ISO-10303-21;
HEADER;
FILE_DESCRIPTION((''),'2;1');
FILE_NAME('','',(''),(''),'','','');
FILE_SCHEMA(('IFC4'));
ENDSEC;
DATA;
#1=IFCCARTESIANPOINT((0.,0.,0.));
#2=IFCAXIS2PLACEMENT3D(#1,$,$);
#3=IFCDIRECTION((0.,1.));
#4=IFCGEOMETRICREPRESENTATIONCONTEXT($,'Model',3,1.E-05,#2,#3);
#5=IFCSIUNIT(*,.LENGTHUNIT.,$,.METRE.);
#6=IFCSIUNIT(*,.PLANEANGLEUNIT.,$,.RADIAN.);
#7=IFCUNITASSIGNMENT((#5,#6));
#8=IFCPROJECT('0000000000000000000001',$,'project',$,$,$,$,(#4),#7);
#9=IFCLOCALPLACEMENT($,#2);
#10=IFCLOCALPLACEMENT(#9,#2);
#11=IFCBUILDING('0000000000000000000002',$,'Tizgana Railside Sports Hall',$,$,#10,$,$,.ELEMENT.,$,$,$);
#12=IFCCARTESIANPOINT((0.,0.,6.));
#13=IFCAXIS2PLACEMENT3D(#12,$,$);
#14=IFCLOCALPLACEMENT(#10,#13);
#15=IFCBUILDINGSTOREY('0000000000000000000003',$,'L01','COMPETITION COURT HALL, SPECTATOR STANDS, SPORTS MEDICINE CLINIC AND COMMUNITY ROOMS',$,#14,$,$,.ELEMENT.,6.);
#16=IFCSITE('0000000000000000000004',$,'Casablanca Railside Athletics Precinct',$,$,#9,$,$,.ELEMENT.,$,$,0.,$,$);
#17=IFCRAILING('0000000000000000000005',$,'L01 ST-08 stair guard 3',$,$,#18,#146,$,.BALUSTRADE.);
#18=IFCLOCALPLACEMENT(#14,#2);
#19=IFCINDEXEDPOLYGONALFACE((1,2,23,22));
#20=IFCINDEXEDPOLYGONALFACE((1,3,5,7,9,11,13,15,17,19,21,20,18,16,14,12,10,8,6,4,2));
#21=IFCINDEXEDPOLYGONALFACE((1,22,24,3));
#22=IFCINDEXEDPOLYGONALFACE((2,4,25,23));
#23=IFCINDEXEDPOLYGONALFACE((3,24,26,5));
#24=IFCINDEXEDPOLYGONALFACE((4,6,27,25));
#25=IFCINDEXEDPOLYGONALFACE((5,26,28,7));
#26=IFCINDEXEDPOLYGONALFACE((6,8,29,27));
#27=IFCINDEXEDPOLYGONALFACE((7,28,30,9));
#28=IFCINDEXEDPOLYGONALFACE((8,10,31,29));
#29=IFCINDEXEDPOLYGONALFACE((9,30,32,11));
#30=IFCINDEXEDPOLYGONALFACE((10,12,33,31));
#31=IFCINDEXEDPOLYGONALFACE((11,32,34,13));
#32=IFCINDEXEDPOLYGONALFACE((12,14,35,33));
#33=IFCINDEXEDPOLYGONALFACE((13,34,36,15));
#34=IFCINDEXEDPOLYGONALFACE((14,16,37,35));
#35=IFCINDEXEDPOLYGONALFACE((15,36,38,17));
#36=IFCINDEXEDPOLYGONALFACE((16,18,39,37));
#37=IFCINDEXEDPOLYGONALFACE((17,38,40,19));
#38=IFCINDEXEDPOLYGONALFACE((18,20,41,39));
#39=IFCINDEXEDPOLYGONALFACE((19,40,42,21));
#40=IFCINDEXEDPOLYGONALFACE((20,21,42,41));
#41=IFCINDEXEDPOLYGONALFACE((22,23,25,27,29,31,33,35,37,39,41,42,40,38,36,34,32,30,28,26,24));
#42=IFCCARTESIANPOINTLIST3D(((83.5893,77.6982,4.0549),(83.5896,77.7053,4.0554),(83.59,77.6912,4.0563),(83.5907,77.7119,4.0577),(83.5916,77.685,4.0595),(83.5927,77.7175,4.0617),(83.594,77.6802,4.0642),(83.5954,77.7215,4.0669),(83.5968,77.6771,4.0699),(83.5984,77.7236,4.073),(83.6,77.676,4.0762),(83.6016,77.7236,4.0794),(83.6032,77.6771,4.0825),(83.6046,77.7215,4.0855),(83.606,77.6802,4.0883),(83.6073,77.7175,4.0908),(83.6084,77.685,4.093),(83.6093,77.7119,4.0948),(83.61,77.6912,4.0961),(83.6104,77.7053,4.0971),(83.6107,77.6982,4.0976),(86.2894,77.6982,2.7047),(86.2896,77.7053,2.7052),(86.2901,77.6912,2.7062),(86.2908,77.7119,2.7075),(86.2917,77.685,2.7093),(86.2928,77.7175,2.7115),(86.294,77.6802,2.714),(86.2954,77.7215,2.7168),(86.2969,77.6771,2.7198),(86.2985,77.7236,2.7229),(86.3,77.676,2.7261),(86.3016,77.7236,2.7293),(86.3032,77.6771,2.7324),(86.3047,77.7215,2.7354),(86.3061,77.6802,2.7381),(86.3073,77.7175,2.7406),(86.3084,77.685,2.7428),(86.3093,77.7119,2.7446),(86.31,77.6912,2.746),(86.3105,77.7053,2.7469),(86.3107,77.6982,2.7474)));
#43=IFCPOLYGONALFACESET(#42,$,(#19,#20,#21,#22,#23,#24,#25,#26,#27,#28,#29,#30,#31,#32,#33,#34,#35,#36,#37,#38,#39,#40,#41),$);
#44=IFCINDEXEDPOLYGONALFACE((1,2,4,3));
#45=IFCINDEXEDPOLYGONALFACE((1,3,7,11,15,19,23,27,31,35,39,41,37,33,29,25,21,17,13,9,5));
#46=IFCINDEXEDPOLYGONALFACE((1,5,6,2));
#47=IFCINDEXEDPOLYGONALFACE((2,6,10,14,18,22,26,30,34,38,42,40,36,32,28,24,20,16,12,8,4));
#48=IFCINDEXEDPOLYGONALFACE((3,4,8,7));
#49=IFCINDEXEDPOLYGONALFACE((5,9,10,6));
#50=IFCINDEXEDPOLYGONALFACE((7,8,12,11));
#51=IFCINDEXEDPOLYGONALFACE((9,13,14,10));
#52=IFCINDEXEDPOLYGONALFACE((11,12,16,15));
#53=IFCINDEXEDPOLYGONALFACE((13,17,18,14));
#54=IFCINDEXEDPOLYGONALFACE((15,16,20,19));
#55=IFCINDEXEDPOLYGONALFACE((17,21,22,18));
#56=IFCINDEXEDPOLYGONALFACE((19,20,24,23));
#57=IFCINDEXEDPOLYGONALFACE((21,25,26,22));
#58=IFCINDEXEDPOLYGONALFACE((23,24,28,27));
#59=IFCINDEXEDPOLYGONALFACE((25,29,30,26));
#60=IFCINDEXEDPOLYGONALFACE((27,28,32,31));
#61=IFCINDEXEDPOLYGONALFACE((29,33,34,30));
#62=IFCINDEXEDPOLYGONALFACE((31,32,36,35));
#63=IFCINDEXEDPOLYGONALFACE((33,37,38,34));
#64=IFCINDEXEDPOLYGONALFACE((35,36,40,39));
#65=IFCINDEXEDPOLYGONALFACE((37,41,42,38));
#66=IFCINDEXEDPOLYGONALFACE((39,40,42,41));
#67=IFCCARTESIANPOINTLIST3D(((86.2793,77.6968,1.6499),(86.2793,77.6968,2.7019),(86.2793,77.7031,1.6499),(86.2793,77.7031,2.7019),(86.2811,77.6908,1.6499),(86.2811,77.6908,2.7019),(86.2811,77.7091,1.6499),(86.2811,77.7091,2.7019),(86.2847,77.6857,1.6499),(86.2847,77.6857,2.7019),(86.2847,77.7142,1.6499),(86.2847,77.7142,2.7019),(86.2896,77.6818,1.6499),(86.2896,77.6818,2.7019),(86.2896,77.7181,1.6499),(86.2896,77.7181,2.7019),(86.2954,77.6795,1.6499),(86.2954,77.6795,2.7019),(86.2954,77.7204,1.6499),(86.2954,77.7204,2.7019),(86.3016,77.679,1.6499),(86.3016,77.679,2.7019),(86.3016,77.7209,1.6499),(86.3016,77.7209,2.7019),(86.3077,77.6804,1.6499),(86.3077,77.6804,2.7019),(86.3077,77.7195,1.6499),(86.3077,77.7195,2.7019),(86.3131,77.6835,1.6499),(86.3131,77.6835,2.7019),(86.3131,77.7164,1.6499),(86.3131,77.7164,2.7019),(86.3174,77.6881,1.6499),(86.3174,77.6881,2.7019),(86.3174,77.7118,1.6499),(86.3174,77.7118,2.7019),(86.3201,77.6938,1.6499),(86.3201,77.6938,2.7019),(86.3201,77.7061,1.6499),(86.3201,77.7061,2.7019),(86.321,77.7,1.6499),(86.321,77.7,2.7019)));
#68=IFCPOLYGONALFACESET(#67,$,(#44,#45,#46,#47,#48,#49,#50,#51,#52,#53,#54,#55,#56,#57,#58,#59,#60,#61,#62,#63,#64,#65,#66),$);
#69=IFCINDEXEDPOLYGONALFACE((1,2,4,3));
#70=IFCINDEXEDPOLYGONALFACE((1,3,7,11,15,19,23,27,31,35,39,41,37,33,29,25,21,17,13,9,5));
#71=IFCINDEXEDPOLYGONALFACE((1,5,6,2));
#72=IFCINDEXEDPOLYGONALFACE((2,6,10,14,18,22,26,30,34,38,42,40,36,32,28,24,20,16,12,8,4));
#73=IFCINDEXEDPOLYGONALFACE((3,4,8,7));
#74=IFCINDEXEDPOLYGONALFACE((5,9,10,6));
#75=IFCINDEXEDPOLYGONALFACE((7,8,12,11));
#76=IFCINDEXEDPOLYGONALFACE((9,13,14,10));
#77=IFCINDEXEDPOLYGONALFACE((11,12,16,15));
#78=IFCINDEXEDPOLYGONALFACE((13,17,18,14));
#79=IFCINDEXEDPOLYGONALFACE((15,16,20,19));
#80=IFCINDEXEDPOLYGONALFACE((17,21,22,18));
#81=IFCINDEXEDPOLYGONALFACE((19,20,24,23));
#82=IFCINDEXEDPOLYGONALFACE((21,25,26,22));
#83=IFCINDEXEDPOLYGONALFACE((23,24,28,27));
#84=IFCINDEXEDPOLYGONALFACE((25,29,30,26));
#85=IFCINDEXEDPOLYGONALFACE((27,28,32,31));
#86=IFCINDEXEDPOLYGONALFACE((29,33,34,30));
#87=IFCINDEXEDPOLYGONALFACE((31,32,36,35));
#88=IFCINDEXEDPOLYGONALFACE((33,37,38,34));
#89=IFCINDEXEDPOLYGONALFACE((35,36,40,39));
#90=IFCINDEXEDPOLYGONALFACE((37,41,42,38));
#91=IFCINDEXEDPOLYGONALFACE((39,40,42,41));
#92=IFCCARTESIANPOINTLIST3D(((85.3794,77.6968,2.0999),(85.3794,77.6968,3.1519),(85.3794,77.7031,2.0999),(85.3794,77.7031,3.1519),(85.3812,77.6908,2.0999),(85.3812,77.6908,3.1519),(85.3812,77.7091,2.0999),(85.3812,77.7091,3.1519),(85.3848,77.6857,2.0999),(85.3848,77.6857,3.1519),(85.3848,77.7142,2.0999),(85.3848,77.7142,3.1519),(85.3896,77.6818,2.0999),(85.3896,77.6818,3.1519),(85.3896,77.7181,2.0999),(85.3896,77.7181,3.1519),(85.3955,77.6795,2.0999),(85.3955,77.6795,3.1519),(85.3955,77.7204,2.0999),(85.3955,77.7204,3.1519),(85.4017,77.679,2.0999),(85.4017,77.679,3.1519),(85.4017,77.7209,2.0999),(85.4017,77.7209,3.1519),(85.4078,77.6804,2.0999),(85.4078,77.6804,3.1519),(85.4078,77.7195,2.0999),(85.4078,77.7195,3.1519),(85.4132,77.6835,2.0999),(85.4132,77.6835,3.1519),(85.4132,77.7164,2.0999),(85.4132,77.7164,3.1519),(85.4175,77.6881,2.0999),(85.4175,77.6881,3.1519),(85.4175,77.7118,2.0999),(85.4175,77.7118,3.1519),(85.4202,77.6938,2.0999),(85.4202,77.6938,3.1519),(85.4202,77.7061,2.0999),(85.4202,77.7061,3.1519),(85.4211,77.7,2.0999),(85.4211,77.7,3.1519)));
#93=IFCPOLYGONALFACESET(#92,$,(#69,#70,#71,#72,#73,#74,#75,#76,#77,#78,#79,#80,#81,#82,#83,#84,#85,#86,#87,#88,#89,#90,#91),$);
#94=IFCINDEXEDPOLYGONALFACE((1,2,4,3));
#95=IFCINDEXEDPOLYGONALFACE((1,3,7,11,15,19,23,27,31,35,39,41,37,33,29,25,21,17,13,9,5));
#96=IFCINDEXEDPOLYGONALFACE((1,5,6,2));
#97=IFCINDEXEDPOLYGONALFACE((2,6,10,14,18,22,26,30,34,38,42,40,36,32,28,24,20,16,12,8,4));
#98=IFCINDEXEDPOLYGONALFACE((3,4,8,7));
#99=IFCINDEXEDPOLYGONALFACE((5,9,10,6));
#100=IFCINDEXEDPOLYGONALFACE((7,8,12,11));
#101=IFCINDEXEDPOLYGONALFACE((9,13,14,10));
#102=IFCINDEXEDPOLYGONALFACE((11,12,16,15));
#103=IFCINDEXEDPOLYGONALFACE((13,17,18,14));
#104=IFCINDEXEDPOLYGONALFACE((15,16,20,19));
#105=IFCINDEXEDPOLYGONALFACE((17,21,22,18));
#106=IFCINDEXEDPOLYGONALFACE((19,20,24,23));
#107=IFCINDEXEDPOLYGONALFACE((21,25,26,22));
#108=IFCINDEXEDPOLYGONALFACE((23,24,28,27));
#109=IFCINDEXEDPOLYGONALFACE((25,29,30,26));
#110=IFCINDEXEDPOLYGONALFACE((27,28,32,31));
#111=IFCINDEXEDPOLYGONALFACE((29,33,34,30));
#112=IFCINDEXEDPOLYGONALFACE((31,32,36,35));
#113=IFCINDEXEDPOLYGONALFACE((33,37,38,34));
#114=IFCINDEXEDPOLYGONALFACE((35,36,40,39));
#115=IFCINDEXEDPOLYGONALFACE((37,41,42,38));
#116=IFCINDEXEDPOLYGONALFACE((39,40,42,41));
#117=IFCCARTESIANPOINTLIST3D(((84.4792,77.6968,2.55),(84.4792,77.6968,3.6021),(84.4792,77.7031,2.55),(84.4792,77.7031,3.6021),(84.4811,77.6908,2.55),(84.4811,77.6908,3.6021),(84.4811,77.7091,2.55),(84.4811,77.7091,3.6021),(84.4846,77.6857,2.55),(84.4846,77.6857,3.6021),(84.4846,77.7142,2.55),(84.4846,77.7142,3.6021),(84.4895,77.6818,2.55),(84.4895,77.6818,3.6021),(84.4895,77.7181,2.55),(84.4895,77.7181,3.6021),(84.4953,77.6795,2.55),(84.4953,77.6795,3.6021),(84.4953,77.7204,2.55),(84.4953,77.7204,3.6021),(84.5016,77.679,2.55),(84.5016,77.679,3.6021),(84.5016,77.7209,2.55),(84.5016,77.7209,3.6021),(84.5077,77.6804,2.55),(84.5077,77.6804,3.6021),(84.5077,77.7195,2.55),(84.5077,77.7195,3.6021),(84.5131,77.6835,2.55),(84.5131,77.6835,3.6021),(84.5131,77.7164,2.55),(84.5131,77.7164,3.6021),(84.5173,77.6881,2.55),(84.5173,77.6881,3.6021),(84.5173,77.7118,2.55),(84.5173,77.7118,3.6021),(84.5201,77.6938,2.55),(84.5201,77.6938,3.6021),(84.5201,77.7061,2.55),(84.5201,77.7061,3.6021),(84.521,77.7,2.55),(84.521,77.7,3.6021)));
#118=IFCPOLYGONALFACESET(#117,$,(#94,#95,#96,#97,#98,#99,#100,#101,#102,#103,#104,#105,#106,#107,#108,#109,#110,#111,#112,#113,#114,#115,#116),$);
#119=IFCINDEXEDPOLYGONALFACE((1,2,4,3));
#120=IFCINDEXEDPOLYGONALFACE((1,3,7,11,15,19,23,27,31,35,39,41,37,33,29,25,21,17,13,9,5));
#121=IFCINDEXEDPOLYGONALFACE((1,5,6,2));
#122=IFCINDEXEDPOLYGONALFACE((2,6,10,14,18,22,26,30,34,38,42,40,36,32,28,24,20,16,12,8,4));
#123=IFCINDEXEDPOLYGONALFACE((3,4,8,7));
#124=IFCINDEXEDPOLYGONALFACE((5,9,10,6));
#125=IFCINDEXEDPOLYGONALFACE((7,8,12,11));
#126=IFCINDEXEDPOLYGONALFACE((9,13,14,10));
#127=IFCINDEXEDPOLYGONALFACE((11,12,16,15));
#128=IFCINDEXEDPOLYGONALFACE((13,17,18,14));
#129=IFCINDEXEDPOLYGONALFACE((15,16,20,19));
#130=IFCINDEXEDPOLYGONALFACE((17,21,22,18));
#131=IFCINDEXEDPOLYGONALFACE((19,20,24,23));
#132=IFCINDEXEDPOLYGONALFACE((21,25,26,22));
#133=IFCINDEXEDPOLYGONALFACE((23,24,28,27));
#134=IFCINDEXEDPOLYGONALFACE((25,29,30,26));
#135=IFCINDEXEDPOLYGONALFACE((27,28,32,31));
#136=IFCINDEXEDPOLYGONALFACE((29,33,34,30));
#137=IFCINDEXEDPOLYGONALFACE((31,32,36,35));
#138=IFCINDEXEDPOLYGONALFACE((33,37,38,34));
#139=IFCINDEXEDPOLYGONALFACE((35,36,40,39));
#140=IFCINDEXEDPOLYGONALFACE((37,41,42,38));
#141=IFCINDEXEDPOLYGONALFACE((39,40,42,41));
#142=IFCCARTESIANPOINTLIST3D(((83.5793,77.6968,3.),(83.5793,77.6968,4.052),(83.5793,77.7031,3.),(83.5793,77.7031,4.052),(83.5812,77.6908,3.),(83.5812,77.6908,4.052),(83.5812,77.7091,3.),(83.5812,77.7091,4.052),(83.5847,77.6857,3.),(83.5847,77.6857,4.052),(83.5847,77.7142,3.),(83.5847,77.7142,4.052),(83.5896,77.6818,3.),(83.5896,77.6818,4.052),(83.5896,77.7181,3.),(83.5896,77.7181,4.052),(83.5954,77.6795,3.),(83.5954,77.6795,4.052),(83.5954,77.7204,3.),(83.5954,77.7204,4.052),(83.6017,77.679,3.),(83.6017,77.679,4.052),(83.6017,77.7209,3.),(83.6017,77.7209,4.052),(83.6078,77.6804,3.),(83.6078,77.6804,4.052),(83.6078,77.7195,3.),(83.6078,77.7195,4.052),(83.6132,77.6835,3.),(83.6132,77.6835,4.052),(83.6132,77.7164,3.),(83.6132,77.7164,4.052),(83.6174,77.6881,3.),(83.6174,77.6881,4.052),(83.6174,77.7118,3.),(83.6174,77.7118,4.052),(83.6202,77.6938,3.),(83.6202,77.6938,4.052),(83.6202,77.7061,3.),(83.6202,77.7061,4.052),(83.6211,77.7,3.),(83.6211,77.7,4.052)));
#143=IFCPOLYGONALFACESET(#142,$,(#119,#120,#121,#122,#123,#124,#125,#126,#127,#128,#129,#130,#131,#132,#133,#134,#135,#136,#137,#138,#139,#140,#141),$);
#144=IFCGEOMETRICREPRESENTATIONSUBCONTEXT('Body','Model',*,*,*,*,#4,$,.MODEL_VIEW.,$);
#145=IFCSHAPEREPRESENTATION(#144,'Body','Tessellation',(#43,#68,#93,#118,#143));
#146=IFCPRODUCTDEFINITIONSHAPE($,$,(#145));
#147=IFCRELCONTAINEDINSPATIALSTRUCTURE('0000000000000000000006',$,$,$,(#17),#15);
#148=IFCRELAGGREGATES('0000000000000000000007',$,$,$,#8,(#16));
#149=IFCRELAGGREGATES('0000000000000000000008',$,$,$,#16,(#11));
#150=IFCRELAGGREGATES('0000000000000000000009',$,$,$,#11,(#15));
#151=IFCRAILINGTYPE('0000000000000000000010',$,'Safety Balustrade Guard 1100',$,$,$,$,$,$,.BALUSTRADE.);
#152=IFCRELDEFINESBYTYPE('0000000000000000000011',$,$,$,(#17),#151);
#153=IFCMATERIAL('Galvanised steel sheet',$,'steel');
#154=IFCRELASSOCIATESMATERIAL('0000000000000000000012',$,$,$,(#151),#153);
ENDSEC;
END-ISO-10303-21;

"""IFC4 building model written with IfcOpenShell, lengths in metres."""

from ifc_helpers import new_model, si_unit, direction, frame, origin, origin_2d, place, context, subcontext, project, spatial, circle, extrude, material, type_object, element, save


model = new_model("IFC4")

# Units and contexts
model_context = context("Model", 3, precision=1e-05, world=origin(), true_north=direction((0.0, 1.0)))
body_context = subcontext(model_context, "Body", "Model", "MODEL_VIEW")
ifc_project = project(units=[si_unit("LENGTHUNIT", "METRE"), si_unit("PLANEANGLEUNIT", "RADIAN")], contexts=[model_context])

# Site, building, storey
site_placement = place(None, origin())
site = spatial("IfcSite", under=ifc_project, at=site_placement, Name="Casablanca Railside Athletics Precinct", CompositionType="ELEMENT", RefElevation=0.0)
building_placement = place(site_placement, origin())
building = spatial("IfcBuilding", under=site, at=building_placement, Name="Tizgana Railside Sports Hall", CompositionType="ELEMENT")
storey_placement = place(building_placement, frame((0.0, 0.0, 6.0)))
storey = spatial("IfcBuildingStorey", under=building, at=storey_placement, Name="L01", Description="COMPETITION COURT HALL, SPECTATOR STANDS, SPORTS MEDICINE CLINIC AND COMMUNITY ROOMS", CompositionType="ELEMENT", Elevation=6.0)

# Railing
ifc_material_1 = material(Name="Galvanised steel sheet", Category="steel")
railing_type_1 = type_object("IfcRailingType", Name="Safety Balustrade Guard 1100", PredefinedType="BALUSTRADE", material=ifc_material_1)
railing_1_placement = place(storey_placement, frame((86.3, 77.7, 1.6499)))
element("IfcRailing", 1, at=railing_1_placement, inside=storey, type_object=railing_type_1, Name="L01 ST-08 stair guard 3", PredefinedType="BALUSTRADE", context=body_context, shape_type="SweptSolid", body=[
    extrude(circle(Radius=0.0239, at=origin_2d()), frame((0.0, 0.0, 1.0762), z_axis=(-0.894411, 0.0, 0.447246), x_axis=(0.0, -1.0, 0.0)), (0.0, 0.0, 1.0), 3.0188),
    extrude(circle(Radius=0.021, at=origin_2d()), origin(), (0.0, 0.0, 1.0), 1.052),
    extrude(circle(Radius=0.021, at=origin_2d()), frame((-0.8999, 0.0, 0.45)), (0.0, 0.0, 1.0), 1.052),
    extrude(circle(Radius=0.021, at=origin_2d()), frame((-1.8, 0.0, 0.9001)), (0.0, 0.0, 1.0), 1.052),
    extrude(circle(Radius=0.021, at=origin_2d()), frame((-2.7, 0.0, 1.3501)), (0.0, 0.0, 1.0), 1.052),
])

save(model, "model.ifc")
